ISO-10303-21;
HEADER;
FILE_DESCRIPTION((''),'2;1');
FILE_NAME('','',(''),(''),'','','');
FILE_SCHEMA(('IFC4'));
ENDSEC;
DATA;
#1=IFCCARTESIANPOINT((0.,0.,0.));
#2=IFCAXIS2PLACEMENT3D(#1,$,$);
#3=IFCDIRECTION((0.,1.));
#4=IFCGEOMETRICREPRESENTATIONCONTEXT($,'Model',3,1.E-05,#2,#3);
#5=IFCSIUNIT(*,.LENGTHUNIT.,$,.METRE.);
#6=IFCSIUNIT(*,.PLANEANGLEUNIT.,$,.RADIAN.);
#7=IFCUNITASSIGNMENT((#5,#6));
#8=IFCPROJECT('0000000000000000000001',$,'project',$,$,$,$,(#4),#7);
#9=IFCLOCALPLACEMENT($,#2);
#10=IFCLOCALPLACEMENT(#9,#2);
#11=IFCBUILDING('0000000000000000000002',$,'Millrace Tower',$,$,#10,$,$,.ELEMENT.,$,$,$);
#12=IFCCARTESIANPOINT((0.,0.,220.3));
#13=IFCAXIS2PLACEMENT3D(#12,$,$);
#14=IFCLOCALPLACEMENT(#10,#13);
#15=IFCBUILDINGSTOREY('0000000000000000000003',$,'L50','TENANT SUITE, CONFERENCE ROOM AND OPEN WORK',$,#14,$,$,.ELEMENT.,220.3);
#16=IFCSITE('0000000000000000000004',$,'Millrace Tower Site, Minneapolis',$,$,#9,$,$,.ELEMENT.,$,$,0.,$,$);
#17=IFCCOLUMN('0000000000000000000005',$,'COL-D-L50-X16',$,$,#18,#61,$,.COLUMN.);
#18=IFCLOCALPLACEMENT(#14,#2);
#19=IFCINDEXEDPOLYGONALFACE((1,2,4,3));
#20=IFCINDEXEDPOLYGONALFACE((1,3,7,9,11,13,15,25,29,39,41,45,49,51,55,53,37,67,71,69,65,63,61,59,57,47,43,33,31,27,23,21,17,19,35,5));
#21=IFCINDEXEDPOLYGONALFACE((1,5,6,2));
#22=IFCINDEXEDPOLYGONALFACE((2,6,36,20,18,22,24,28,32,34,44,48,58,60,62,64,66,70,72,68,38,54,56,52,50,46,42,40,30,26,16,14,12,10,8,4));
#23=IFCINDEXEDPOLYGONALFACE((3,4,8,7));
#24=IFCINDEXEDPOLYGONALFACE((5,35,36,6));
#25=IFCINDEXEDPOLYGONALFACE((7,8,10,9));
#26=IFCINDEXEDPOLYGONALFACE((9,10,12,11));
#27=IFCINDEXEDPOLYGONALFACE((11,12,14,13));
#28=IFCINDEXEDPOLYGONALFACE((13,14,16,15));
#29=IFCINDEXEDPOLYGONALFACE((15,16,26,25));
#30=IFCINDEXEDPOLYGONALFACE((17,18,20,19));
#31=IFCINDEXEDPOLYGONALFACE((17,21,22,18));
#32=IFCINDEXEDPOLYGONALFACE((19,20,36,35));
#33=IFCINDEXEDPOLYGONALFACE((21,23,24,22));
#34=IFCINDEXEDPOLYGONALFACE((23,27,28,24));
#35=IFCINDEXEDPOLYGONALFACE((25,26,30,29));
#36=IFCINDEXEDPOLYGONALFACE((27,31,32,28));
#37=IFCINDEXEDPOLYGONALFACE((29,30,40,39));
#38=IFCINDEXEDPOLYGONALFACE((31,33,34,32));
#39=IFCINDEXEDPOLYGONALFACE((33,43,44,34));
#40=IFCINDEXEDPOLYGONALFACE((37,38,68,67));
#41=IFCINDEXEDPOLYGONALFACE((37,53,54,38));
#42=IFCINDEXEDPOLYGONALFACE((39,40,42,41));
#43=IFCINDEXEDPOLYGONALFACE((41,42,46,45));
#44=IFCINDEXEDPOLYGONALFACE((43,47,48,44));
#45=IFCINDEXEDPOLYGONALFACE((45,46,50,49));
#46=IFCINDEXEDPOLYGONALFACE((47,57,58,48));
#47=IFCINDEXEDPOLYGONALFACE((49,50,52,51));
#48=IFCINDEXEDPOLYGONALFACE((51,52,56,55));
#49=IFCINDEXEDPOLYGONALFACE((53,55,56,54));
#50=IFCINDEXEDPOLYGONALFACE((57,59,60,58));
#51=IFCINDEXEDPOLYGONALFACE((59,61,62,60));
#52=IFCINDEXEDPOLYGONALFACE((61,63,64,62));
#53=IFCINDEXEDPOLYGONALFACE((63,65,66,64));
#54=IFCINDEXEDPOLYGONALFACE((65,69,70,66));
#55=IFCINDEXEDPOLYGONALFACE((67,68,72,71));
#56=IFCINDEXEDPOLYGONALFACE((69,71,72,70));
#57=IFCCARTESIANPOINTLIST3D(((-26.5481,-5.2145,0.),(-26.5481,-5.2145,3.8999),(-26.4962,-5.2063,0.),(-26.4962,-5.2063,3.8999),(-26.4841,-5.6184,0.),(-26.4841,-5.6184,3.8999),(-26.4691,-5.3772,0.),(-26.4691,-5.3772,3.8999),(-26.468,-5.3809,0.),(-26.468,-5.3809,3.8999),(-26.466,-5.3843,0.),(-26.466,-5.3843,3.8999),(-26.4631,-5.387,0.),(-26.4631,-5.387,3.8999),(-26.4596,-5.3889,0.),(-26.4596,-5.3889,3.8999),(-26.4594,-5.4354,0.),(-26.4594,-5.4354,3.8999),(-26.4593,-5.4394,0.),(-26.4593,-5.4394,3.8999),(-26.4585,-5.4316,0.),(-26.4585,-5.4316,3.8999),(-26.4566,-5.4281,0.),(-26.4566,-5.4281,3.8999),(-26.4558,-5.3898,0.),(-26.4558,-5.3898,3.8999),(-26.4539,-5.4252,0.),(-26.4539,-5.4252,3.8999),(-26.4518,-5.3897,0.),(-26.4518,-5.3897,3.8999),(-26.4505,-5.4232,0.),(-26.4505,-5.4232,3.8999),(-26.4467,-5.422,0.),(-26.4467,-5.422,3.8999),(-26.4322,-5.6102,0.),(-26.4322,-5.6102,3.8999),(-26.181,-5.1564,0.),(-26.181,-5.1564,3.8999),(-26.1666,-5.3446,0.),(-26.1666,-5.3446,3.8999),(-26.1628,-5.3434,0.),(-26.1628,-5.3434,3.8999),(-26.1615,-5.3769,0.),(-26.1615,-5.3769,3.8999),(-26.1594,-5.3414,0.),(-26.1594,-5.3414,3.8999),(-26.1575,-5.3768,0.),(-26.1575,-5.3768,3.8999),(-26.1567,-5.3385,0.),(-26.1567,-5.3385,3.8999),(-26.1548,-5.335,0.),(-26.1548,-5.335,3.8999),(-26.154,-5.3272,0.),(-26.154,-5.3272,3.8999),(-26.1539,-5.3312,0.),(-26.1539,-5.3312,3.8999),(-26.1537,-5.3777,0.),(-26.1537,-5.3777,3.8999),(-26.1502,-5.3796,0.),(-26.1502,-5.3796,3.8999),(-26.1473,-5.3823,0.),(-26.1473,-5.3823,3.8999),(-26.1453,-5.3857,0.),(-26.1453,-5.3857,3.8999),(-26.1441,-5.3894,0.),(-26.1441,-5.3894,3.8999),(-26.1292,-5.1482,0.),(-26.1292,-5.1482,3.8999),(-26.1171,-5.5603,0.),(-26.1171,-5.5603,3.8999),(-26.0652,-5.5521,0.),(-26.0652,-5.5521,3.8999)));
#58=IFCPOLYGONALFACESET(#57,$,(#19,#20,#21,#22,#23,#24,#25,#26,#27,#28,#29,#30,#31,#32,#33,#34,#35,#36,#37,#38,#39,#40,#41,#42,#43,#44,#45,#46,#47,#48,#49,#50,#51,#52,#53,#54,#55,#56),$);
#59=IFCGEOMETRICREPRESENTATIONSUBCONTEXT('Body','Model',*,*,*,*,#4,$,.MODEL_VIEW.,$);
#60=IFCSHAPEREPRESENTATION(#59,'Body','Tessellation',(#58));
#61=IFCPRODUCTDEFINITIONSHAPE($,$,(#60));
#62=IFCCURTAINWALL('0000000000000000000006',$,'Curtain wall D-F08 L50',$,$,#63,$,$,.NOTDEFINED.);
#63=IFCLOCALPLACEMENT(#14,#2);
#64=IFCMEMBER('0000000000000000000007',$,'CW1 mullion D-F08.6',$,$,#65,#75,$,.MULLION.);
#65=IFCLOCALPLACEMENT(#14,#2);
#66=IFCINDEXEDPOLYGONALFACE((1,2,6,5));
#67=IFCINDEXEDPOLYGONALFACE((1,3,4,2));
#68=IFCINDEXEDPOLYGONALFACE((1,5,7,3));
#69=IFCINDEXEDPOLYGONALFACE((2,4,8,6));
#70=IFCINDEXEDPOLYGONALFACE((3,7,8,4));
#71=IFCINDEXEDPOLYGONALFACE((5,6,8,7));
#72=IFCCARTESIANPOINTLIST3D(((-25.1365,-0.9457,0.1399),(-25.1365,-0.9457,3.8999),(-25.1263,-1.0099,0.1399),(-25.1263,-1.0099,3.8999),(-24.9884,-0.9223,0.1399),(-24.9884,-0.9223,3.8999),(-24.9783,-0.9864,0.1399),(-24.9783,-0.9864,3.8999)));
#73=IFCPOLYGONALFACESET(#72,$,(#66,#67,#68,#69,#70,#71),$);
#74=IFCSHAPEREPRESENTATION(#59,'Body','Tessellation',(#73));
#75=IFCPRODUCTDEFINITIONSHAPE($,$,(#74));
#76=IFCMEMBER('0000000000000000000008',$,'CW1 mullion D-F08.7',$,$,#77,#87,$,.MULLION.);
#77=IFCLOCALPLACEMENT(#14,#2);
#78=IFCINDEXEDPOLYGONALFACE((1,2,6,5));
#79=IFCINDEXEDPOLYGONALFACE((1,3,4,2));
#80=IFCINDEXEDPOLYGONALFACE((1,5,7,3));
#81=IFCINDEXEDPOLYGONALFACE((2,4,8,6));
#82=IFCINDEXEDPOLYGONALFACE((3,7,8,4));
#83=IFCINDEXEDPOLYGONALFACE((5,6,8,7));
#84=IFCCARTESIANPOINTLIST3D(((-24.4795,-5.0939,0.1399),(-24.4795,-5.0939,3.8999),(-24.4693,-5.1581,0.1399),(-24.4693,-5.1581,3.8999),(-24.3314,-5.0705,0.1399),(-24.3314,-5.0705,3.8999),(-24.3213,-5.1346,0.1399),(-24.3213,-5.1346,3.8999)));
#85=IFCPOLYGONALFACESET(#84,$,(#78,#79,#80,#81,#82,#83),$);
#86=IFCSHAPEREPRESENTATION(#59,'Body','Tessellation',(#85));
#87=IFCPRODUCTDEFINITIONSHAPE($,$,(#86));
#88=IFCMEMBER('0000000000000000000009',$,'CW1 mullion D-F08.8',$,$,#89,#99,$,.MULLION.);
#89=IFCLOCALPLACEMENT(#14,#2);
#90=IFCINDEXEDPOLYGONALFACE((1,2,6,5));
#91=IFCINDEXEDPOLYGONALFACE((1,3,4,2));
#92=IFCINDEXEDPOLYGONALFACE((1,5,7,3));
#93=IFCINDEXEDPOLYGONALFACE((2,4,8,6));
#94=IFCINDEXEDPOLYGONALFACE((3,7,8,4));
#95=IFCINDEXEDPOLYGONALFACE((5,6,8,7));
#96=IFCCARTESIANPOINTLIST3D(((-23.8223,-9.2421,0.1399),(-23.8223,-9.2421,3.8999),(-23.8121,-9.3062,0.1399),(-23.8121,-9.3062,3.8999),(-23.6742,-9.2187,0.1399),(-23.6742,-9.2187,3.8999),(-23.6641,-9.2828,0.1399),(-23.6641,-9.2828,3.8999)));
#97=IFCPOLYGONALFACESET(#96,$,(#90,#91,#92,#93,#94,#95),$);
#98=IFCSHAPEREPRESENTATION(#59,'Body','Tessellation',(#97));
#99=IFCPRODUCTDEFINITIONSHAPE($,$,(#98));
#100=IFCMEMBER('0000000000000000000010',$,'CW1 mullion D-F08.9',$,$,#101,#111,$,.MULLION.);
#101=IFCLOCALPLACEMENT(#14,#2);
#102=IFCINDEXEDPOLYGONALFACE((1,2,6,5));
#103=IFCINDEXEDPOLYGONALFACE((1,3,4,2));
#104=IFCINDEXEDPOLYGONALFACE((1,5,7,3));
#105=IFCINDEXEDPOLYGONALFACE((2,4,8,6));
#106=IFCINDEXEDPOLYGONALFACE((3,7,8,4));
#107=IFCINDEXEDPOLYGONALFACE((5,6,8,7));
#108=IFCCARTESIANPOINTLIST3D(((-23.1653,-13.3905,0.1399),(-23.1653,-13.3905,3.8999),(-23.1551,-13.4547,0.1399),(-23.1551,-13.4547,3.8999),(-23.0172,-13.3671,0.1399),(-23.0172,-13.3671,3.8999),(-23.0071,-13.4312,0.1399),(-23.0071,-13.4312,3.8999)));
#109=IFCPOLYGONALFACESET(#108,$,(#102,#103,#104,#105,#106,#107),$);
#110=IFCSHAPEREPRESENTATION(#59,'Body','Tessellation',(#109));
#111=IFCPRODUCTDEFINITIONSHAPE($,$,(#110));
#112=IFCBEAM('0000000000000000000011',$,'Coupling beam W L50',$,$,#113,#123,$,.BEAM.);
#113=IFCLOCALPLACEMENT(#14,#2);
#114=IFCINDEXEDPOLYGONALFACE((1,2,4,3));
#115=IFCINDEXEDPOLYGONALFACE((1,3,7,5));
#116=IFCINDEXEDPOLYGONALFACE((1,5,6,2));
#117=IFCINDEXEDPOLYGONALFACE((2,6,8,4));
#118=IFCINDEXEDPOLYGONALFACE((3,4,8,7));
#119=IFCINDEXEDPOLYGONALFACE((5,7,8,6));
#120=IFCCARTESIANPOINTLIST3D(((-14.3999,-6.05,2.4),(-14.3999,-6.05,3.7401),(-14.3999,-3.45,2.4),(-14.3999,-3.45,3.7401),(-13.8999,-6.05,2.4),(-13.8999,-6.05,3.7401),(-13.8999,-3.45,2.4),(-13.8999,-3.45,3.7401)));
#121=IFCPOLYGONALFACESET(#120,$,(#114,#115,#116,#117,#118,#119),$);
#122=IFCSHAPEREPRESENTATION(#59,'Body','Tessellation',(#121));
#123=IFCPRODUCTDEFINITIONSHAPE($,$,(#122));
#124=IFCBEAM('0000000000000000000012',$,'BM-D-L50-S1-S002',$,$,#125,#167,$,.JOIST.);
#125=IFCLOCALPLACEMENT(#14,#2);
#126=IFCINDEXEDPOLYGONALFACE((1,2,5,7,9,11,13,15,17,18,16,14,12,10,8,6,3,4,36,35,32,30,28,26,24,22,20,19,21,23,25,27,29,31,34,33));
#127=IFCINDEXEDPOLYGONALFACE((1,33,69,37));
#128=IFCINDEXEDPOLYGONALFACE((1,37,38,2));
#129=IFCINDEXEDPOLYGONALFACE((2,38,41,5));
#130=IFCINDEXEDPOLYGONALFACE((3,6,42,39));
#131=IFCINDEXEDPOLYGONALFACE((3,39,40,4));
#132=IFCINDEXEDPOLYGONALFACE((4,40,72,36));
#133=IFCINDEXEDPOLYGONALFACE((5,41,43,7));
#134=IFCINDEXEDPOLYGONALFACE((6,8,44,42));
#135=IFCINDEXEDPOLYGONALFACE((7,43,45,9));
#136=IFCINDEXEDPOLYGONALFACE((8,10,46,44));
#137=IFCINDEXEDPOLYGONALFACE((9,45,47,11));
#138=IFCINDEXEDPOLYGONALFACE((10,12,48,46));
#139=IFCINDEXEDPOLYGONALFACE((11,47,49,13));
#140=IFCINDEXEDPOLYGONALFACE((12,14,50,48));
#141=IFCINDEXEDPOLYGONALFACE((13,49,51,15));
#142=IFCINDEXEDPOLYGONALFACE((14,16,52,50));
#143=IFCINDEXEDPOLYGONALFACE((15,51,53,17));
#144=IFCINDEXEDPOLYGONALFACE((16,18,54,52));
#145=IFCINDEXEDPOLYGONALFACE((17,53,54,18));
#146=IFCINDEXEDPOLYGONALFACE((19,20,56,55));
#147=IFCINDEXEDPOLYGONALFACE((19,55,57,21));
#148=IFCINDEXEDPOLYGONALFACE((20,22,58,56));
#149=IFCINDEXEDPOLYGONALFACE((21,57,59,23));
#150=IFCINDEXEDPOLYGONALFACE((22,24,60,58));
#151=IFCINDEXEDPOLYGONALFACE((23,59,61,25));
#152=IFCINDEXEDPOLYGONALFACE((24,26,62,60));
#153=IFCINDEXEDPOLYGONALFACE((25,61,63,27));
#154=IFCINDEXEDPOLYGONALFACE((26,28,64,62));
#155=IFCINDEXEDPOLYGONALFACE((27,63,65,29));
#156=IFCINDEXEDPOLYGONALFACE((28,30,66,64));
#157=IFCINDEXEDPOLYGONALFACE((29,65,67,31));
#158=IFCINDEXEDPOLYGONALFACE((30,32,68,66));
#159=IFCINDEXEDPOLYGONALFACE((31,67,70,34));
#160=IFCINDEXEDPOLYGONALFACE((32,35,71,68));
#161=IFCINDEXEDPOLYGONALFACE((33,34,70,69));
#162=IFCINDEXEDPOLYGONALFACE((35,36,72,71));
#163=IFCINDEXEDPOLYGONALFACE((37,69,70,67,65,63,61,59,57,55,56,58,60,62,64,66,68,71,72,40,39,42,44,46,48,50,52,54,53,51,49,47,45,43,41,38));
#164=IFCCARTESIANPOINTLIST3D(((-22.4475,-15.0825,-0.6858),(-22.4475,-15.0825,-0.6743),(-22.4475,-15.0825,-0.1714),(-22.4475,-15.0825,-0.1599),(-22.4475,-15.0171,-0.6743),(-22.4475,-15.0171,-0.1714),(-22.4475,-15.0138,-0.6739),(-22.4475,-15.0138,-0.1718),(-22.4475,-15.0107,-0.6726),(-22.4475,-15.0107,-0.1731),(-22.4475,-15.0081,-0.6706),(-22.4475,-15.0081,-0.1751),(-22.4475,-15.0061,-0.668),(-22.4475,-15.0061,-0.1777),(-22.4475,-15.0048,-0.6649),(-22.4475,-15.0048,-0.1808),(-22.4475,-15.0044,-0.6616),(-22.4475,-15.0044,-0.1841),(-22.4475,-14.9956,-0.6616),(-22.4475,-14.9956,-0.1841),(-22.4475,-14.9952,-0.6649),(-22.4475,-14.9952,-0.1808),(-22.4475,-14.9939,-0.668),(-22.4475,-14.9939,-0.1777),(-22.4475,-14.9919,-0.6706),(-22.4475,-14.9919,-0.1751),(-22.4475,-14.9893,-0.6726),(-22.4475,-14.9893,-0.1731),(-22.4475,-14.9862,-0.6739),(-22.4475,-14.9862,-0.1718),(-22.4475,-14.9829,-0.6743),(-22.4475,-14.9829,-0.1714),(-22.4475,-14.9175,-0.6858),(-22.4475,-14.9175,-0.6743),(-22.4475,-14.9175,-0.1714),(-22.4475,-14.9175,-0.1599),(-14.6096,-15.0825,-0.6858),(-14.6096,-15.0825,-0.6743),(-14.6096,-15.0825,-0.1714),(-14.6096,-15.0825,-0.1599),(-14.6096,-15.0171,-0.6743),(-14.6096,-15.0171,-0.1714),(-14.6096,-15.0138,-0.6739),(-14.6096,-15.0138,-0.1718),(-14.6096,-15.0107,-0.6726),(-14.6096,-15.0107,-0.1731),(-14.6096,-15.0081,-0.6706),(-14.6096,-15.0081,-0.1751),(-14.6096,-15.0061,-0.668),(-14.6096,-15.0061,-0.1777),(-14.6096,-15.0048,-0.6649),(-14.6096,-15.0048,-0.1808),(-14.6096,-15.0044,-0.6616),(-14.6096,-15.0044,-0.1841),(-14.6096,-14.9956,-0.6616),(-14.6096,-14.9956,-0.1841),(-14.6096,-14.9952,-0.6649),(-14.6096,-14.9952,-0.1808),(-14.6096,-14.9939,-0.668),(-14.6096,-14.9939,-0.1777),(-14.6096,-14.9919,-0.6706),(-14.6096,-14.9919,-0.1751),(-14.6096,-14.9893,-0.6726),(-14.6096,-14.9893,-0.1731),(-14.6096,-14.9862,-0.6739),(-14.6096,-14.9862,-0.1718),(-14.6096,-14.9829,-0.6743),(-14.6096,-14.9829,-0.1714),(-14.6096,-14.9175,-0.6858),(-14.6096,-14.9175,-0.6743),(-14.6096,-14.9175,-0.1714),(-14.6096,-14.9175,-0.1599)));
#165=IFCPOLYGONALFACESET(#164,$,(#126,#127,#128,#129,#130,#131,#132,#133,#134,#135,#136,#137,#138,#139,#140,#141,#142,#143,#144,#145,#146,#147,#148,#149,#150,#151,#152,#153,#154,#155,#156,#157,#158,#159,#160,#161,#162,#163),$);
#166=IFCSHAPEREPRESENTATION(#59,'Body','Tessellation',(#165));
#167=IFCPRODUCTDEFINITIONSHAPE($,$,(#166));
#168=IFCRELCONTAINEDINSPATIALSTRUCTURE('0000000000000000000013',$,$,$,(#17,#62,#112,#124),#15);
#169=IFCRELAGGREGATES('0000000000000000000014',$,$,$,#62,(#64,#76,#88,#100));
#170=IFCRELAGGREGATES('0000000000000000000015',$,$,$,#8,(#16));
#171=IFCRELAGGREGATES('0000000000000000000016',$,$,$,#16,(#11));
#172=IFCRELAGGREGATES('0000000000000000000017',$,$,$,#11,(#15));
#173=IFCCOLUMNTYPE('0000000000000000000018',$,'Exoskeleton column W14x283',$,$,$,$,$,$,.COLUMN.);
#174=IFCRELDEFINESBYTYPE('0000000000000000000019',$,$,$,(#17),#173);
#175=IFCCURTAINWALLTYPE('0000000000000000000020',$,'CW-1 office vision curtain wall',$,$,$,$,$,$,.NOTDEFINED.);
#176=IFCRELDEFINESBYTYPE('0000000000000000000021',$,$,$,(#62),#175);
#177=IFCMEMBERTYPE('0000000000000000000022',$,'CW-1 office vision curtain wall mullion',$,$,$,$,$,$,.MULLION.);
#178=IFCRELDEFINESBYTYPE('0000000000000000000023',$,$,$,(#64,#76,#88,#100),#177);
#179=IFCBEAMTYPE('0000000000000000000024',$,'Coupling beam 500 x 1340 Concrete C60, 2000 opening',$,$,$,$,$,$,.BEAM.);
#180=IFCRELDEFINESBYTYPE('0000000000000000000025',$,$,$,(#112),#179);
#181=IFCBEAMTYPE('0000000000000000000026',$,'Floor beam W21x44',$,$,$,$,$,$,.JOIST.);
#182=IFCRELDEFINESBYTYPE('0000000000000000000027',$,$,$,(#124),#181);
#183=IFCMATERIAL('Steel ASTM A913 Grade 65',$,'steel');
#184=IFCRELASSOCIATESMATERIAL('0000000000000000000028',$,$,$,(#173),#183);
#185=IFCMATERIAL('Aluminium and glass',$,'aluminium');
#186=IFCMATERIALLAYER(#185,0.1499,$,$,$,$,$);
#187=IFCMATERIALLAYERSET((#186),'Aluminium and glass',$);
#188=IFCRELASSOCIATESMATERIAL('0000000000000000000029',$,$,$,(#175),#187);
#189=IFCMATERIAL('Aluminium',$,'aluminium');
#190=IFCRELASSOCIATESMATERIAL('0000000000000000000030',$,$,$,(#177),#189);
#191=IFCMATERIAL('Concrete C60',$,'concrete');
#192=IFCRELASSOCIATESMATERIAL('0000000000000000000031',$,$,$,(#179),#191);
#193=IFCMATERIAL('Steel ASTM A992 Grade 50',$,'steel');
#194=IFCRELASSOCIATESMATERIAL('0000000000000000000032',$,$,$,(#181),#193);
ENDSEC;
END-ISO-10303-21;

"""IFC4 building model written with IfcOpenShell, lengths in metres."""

from ifc_helpers import new_model, si_unit, direction, frame, origin, origin_2d, place, context, subcontext, project, spatial, rectangle, i_section, extrude, material, layer, layer_set, material_profile, profile_set, type_object, element, aggregate, save


model = new_model("IFC4")

# Units and contexts
model_context = context("Model", 3, precision=1e-05, world=origin(), true_north=direction((0.0, 1.0)))
body_context = subcontext(model_context, "Body", "Model", "MODEL_VIEW")
ifc_project = project(units=[si_unit("LENGTHUNIT", "METRE"), si_unit("PLANEANGLEUNIT", "RADIAN")], contexts=[model_context])

# Site, building, storey
site_placement = place(None, origin())
site = spatial("IfcSite", under=ifc_project, at=site_placement, Name="Millrace Tower Site, Minneapolis", CompositionType="ELEMENT", RefElevation=0.0)
building_placement = place(site_placement, origin())
building = spatial("IfcBuilding", under=site, at=building_placement, Name="Millrace Tower", CompositionType="ELEMENT")
storey_placement = place(building_placement, frame((0.0, 0.0, 220.3)))
storey = spatial("IfcBuildingStorey", under=building, at=storey_placement, Name="L50", Description="TENANT SUITE, CONFERENCE ROOM AND OPEN WORK", CompositionType="ELEMENT", Elevation=220.3)

# Column
ifc_material_1 = material(Name="Steel ASTM A913 Grade 65", Category="steel")
ifc_material_profile_1 = material_profile(ifc_material_1, i_section(OverallWidth=0.4089, OverallDepth=0.4241, WebThickness=0.0327, FlangeThickness=0.0525, FilletRadius=0.0151, at=origin_2d()))
ifc_profile_set_1 = profile_set([ifc_material_profile_1], Name="Steel ASTM A913 Grade 65")
column_type = type_object("IfcColumnType", Name="Exoskeleton column W14x283", PredefinedType="COLUMN", material=ifc_profile_set_1)
column_placement = place(storey_placement, frame((-26.3066, -5.3833, 0.0), z_axis=(0.0, 0.0, 1.0), x_axis=(0.156434, -0.987688, 0.0)))
element("IfcColumn", 1, at=column_placement, inside=storey, type_object=column_type, Name="COL-D-L50-X16", PredefinedType="COLUMN", context=body_context, shape_type="SweptSolid", body=[
    extrude(i_section(OverallWidth=0.4089, OverallDepth=0.4241, WebThickness=0.0327, FlangeThickness=0.0525, FilletRadius=0.0151, at=origin_2d()), origin(), (0.0, 0.0, 1.0), 3.8999),
])

# Curtain wall, members
ifc_material_2 = material(Name="Aluminium and glass", Category="aluminium")
ifc_layer_1 = layer(ifc_material_2, 0.1499)
ifc_layer_set_1 = layer_set([ifc_layer_1], Name="Aluminium and glass")
curtain_wall_type = type_object("IfcCurtainWallType", Name="CW-1 office vision curtain wall", PredefinedType="NOTDEFINED", material=ifc_layer_set_1)
curtain_wall_placement = place(storey_placement, origin())
curtain_wall = element("IfcCurtainWall", 2, at=curtain_wall_placement, inside=storey, type_object=curtain_wall_type, Name="Curtain wall D-F08 L50", PredefinedType="NOTDEFINED")
ifc_material_3 = material(Name="Aluminium", Category="aluminium")
ifc_material_profile_2 = material_profile(ifc_material_3, rectangle(XDim=0.0649, YDim=0.1499, at=origin_2d()))
ifc_profile_set_2 = profile_set([ifc_material_profile_2], Name="Aluminium")
member_type = type_object("IfcMemberType", Name="CW-1 office vision curtain wall mullion", PredefinedType="MULLION", material=ifc_profile_set_2)
member_1_placement = place(storey_placement, frame((-25.0574, -0.9661, 0.1399), z_axis=(0.0, 0.0, 1.0), x_axis=(0.156434, -0.987688, 0.0)))
member_1 = element("IfcMember", 3, at=member_1_placement, type_object=member_type, Name="CW1 mullion D-F08.6", PredefinedType="MULLION", context=body_context, shape_type="SweptSolid", body=[
    extrude(rectangle(XDim=0.0649, YDim=0.1499, at=origin_2d()), origin(), (0.0, 0.0, 1.0), 3.76),
])
member_2_placement = place(storey_placement, frame((-24.4004, -5.1143, 0.1399), z_axis=(0.0, 0.0, 1.0), x_axis=(0.156434, -0.987688, 0.0)))
member_2 = element("IfcMember", 4, at=member_2_placement, type_object=member_type, Name="CW1 mullion D-F08.7", PredefinedType="MULLION", context=body_context, shape_type="SweptSolid", body=[
    extrude(rectangle(XDim=0.0649, YDim=0.1499, at=origin_2d()), origin(), (0.0, 0.0, 1.0), 3.76),
])
member_3_placement = place(storey_placement, frame((-23.7432, -9.2625, 0.1399), z_axis=(0.0, 0.0, 1.0), x_axis=(0.156434, -0.987688, 0.0)))
member_3 = element("IfcMember", 5, at=member_3_placement, type_object=member_type, Name="CW1 mullion D-F08.8", PredefinedType="MULLION", context=body_context, shape_type="SweptSolid", body=[
    extrude(rectangle(XDim=0.0649, YDim=0.1499, at=origin_2d()), origin(), (0.0, 0.0, 1.0), 3.76),
])
member_4_placement = place(storey_placement, frame((-23.0862, -13.4109, 0.1399), z_axis=(0.0, 0.0, 1.0), x_axis=(0.156434, -0.987688, 0.0)))
member_4 = element("IfcMember", 6, at=member_4_placement, type_object=member_type, Name="CW1 mullion D-F08.9", PredefinedType="MULLION", context=body_context, shape_type="SweptSolid", body=[
    extrude(rectangle(XDim=0.0649, YDim=0.1499, at=origin_2d()), origin(), (0.0, 0.0, 1.0), 3.76),
])
aggregate(curtain_wall, [member_1, member_2, member_3, member_4])

# Beams
ifc_material_4 = material(Name="Concrete C60", Category="concrete")
ifc_material_profile_3 = material_profile(ifc_material_4, rectangle(XDim=0.5, YDim=1.3401, at=origin_2d()))
ifc_profile_set_3 = profile_set([ifc_material_profile_3], Name="Concrete C60")
beam_type_1 = type_object("IfcBeamType", Name="Coupling beam 500 x 1340 Concrete C60, 2000 opening", PredefinedType="BEAM", material=ifc_profile_set_3)
beam_1_placement = place(storey_placement, frame((-14.1499, -6.05, 3.0701), z_axis=(0.0, 1.0, 0.0), x_axis=(-1.0, 0.0, 0.0)))
element("IfcBeam", 7, at=beam_1_placement, inside=storey, type_object=beam_type_1, Name="Coupling beam W L50", PredefinedType="BEAM", context=body_context, shape_type="SweptSolid", body=[
    extrude(rectangle(XDim=0.5, YDim=1.3401, at=origin_2d()), origin(), (0.0, 0.0, 1.0), 2.6001),
])
ifc_material_5 = material(Name="Steel ASTM A992 Grade 50", Category="steel")
ifc_material_profile_4 = material_profile(ifc_material_5, i_section(OverallWidth=0.165, OverallDepth=0.5259, WebThickness=0.0088, FlangeThickness=0.0115, FilletRadius=0.0127, at=origin_2d()))
ifc_profile_set_4 = profile_set([ifc_material_profile_4], Name="Steel ASTM A992 Grade 50")
beam_type_2 = type_object("IfcBeamType", Name="Floor beam W21x44", PredefinedType="JOIST", material=ifc_profile_set_4)
beam_2_placement = place(storey_placement, frame((-22.4475, -15.0, -0.4229), z_axis=(1.0, 0.0, 0.0), x_axis=(0.0, 1.0, 0.0)))
element("IfcBeam", 8, at=beam_2_placement, inside=storey, type_object=beam_type_2, Name="BM-D-L50-S1-S002", PredefinedType="JOIST", context=body_context, shape_type="SweptSolid", body=[
    extrude(i_section(OverallWidth=0.165, OverallDepth=0.5259, WebThickness=0.0088, FlangeThickness=0.0115, FilletRadius=0.0127, at=origin_2d()), origin(), (0.0, 0.0, 1.0), 7.8379),
])

save(model, "model.ifc")
